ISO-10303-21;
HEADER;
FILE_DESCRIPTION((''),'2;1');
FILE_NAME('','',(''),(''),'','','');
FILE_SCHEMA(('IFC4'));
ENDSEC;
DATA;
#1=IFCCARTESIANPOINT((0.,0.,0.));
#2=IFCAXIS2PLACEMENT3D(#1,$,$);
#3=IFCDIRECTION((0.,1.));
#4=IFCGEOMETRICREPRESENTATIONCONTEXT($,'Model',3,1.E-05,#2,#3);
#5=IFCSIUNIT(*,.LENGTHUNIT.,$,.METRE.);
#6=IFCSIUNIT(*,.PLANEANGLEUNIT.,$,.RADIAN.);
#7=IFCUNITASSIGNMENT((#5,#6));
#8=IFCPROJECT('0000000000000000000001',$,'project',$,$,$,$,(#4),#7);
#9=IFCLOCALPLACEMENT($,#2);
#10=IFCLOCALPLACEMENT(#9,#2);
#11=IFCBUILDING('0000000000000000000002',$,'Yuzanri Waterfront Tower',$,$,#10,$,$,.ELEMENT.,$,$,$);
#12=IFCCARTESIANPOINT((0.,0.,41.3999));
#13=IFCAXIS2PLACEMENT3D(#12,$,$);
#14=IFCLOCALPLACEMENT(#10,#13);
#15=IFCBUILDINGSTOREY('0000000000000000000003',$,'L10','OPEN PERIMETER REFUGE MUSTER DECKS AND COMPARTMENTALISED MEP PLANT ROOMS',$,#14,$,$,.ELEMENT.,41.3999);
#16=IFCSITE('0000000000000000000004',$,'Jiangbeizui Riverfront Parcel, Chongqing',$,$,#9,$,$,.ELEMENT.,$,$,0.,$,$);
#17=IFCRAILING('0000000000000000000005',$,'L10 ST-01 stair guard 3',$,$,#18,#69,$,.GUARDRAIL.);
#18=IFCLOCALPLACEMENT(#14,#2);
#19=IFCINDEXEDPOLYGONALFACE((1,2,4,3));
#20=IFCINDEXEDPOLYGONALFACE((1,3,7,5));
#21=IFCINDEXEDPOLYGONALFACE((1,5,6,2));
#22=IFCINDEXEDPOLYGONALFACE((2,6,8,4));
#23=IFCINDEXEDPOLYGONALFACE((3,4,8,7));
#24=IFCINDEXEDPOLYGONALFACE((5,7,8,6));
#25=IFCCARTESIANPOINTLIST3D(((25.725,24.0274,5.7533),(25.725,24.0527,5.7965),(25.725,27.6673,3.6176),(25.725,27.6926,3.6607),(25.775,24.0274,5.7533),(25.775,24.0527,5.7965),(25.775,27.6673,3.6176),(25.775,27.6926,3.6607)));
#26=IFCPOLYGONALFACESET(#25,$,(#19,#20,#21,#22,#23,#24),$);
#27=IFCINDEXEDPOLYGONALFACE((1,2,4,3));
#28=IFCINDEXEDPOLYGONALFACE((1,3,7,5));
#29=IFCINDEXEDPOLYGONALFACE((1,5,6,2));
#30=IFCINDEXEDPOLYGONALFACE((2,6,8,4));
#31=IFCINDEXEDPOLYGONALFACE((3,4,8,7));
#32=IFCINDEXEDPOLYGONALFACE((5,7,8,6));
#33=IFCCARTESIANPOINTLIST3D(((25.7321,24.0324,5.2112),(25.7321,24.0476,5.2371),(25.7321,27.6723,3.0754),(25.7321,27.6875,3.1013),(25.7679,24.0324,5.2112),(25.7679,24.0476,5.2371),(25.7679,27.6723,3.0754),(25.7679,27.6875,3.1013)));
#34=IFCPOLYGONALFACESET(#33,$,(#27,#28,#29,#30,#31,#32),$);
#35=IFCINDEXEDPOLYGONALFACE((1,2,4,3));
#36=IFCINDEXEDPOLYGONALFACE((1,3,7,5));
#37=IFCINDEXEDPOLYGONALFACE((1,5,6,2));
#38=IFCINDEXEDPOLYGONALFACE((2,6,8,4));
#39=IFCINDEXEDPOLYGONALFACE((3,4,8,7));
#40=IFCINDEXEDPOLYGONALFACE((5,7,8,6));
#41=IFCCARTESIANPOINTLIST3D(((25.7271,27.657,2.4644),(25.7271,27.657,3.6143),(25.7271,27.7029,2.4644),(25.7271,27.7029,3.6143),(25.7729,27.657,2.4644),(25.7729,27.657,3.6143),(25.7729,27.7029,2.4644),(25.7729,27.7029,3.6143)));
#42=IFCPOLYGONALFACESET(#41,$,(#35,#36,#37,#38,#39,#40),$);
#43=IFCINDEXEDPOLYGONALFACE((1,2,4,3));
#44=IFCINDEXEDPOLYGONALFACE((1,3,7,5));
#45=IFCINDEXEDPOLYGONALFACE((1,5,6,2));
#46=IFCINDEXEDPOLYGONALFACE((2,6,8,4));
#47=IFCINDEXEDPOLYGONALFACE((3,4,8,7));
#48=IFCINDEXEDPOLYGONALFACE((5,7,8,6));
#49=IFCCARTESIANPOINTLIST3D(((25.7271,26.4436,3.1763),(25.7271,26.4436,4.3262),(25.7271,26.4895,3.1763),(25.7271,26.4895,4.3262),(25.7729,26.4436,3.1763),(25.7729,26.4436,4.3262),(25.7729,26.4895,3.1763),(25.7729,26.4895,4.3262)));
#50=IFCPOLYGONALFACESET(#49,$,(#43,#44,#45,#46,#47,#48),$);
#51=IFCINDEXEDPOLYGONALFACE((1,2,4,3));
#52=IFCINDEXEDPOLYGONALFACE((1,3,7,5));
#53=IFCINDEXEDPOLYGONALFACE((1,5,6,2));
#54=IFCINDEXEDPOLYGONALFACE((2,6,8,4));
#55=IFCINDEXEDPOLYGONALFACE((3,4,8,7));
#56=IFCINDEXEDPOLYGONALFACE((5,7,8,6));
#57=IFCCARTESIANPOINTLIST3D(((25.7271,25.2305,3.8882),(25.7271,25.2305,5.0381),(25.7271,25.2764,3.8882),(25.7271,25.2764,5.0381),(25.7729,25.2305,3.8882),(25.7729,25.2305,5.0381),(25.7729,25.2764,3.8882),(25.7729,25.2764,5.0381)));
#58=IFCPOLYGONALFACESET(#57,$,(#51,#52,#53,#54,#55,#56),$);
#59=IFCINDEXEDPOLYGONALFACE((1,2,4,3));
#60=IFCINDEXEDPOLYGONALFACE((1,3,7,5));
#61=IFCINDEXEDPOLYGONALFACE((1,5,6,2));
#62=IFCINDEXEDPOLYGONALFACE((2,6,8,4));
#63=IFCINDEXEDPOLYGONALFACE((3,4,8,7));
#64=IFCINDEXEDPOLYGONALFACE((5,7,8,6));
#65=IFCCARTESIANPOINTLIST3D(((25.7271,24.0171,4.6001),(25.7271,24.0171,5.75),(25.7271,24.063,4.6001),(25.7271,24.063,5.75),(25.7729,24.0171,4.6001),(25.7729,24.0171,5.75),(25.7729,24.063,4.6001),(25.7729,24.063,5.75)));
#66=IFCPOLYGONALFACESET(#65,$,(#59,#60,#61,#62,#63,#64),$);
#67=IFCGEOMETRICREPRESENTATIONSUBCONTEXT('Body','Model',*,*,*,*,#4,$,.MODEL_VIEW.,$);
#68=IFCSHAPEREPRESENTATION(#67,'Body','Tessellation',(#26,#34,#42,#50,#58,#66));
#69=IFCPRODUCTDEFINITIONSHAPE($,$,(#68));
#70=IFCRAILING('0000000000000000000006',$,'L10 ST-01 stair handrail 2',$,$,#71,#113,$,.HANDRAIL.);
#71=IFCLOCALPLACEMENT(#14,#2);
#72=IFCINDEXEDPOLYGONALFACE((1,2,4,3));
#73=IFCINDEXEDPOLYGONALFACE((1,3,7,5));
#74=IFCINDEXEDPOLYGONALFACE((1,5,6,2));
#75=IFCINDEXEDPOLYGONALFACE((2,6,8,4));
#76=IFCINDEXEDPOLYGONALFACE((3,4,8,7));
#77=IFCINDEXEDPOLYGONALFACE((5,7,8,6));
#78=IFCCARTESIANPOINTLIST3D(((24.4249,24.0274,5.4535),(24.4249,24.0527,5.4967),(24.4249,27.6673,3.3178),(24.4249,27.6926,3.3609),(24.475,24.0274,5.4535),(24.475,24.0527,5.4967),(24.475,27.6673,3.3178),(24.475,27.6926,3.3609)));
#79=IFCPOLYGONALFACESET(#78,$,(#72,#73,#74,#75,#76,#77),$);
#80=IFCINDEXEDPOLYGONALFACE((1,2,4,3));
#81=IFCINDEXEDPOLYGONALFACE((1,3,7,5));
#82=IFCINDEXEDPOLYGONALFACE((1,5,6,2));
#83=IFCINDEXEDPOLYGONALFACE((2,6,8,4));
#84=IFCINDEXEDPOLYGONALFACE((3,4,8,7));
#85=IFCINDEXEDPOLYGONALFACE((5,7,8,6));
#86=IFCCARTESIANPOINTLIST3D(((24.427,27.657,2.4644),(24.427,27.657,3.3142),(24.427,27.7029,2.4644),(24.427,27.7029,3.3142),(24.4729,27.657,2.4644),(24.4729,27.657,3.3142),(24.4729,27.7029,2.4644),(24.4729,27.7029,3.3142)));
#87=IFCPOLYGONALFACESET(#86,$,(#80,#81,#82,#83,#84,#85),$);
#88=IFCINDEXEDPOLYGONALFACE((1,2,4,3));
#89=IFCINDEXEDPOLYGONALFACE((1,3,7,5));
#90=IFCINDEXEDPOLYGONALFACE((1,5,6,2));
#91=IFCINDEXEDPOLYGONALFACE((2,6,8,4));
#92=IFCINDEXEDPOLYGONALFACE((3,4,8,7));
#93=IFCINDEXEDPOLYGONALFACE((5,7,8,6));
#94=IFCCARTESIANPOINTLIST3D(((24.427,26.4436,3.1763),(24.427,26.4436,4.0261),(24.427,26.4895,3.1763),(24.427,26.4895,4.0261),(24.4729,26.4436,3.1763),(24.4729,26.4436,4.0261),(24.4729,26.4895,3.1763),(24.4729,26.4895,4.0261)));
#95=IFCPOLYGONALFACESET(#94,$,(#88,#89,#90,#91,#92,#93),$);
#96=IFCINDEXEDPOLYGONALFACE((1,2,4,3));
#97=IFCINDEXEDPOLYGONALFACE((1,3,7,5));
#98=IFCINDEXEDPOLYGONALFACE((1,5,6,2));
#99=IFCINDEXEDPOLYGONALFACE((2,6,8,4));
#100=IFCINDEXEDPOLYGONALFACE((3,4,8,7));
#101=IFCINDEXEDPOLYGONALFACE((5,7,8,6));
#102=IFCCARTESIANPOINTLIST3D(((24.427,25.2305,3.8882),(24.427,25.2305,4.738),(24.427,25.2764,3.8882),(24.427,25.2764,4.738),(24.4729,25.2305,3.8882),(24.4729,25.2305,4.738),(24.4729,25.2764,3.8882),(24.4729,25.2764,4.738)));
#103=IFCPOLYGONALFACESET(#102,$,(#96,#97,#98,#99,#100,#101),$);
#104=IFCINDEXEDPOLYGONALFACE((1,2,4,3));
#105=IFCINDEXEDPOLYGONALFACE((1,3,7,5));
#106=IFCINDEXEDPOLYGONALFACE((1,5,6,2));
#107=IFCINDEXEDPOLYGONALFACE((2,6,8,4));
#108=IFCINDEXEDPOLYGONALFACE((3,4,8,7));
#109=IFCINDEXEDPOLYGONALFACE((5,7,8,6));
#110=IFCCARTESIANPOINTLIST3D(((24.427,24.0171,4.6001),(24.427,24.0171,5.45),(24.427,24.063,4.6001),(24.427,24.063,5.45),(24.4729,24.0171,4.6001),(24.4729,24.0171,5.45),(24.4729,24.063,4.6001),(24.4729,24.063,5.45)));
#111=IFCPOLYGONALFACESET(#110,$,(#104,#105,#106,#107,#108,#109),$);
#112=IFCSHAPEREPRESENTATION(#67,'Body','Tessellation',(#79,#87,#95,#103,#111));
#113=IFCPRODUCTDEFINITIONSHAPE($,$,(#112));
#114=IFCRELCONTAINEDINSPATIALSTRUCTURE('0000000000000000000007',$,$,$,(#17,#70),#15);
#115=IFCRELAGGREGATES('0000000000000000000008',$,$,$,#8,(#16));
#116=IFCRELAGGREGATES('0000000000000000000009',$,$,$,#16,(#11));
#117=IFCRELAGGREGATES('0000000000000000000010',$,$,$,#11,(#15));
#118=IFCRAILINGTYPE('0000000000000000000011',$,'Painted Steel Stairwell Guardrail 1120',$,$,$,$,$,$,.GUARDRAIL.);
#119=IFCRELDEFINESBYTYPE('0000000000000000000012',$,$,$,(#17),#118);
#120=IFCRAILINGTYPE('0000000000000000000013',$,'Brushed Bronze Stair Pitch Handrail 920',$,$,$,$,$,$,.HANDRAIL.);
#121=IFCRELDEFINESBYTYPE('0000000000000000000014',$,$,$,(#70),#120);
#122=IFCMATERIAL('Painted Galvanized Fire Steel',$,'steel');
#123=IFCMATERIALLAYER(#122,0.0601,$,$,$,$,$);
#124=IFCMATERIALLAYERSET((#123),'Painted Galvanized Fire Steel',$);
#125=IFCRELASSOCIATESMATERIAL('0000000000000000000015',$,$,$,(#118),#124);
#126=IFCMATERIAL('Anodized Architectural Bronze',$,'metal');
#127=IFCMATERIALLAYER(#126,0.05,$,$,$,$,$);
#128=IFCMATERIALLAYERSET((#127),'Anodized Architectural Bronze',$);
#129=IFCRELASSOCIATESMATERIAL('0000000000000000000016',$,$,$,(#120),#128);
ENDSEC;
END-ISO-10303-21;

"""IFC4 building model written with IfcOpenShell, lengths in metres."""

from ifc_helpers import new_model, si_unit, direction, frame, origin, origin_2d, place, context, subcontext, project, spatial, rectangle, extrude, source, transform, mapped, material, layer, layer_set, type_object, element, save


model = new_model("IFC4")

# Units and contexts
model_context = context("Model", 3, precision=1e-05, world=origin(), true_north=direction((0.0, 1.0)))
body_context = subcontext(model_context, "Body", "Model", "MODEL_VIEW")
ifc_project = project(units=[si_unit("LENGTHUNIT", "METRE"), si_unit("PLANEANGLEUNIT", "RADIAN")], contexts=[model_context])

# Site, building, storey
site_placement = place(None, origin())
site = spatial("IfcSite", under=ifc_project, at=site_placement, Name="Jiangbeizui Riverfront Parcel, Chongqing", CompositionType="ELEMENT", RefElevation=0.0)
building_placement = place(site_placement, origin())
building = spatial("IfcBuilding", under=site, at=building_placement, Name="Yuzanri Waterfront Tower", CompositionType="ELEMENT")
storey_placement = place(building_placement, frame((0.0, 0.0, 41.3999)))
storey = spatial("IfcBuildingStorey", under=building, at=storey_placement, Name="L10", Description="OPEN PERIMETER REFUGE MUSTER DECKS AND COMPARTMENTALISED MEP PLANT ROOMS", CompositionType="ELEMENT", Elevation=41.3999)

# Railings
ifc_material_1 = material(Name="Painted Galvanized Fire Steel", Category="steel")
ifc_layer_1 = layer(ifc_material_1, 0.0601)
ifc_layer_set_1 = layer_set([ifc_layer_1], Name="Painted Galvanized Fire Steel")
railing_type_1 = type_object("IfcRailingType", Name="Painted Steel Stairwell Guardrail 1120", PredefinedType="GUARDRAIL", material=ifc_layer_set_1)
shared_shape_1 = source(origin(), body_context, "Body", "SweptSolid", [
    extrude(rectangle(XDim=0.05, YDim=0.05, at=origin_2d()), frame((0.0, 0.0, 1.1748), z_axis=(0.0, -0.86249, 0.506074), x_axis=(1.0, 0.0, 0.0)), (0.0, 0.0, 1.0), 4.2202),
    extrude(rectangle(XDim=0.0359, YDim=0.03, at=origin_2d()), frame((0.0, 0.0, 0.624), z_axis=(0.0, -0.86249, 0.506074), x_axis=(1.0, 0.0, 0.0)), (0.0, 0.0, 1.0), 4.2202),
    extrude(rectangle(XDim=0.0459, YDim=0.0459, at=origin_2d()), origin(), (0.0, 0.0, 1.0), 1.1499),
    extrude(rectangle(XDim=0.0459, YDim=0.0459, at=origin_2d()), frame((0.0, -1.2134, 0.7119)), (0.0, 0.0, 1.0), 1.1499),
    extrude(rectangle(XDim=0.0459, YDim=0.0459, at=origin_2d()), frame((0.0, -2.4265, 1.4238)), (0.0, 0.0, 1.0), 1.1499),
    extrude(rectangle(XDim=0.0459, YDim=0.0459, at=origin_2d()), frame((0.0, -3.6399, 2.1357)), (0.0, 0.0, 1.0), 1.1499),
])
railing_1_placement = place(storey_placement, frame((25.75, 27.6799, 2.4644)))
element("IfcRailing", 1, at=railing_1_placement, inside=storey, type_object=railing_type_1, Name="L10 ST-01 stair guard 3", PredefinedType="GUARDRAIL", context=body_context, shape_type="MappedRepresentation", body=[
    mapped(shared_shape_1, transform((0.0, 0.0, 0.0), scale=1.0)),
])
ifc_material_2 = material(Name="Anodized Architectural Bronze", Category="metal")
ifc_layer_2 = layer(ifc_material_2, 0.05)
ifc_layer_set_2 = layer_set([ifc_layer_2], Name="Anodized Architectural Bronze")
railing_type_2 = type_object("IfcRailingType", Name="Brushed Bronze Stair Pitch Handrail 920", PredefinedType="HANDRAIL", material=ifc_layer_set_2)
shared_shape_2 = source(origin(), body_context, "Body", "SweptSolid", [
    extrude(rectangle(XDim=0.05, YDim=0.05, at=origin_2d()), frame((0.0, 0.0, 0.875), z_axis=(0.0, -0.86249, 0.506074), x_axis=(1.0, 0.0, 0.0)), (0.0, 0.0, 1.0), 4.2202),
    extrude(rectangle(XDim=0.0459, YDim=0.0459, at=origin_2d()), origin(), (0.0, 0.0, 1.0), 0.8499),
    extrude(rectangle(XDim=0.0459, YDim=0.0459, at=origin_2d()), frame((0.0, -1.2134, 0.7119)), (0.0, 0.0, 1.0), 0.8499),
    extrude(rectangle(XDim=0.0459, YDim=0.0459, at=origin_2d()), frame((0.0, -2.4265, 1.4238)), (0.0, 0.0, 1.0), 0.8499),
    extrude(rectangle(XDim=0.0459, YDim=0.0459, at=origin_2d()), frame((0.0, -3.6399, 2.1357)), (0.0, 0.0, 1.0), 0.8499),
])
railing_2_placement = place(storey_placement, frame((24.45, 27.6799, 2.4644)))
element("IfcRailing", 2, at=railing_2_placement, inside=storey, type_object=railing_type_2, Name="L10 ST-01 stair handrail 2", PredefinedType="HANDRAIL", context=body_context, shape_type="MappedRepresentation", body=[
    mapped(shared_shape_2, transform((0.0, 0.0, 0.0), scale=1.0)),
])

save(model, "model.ifc")
